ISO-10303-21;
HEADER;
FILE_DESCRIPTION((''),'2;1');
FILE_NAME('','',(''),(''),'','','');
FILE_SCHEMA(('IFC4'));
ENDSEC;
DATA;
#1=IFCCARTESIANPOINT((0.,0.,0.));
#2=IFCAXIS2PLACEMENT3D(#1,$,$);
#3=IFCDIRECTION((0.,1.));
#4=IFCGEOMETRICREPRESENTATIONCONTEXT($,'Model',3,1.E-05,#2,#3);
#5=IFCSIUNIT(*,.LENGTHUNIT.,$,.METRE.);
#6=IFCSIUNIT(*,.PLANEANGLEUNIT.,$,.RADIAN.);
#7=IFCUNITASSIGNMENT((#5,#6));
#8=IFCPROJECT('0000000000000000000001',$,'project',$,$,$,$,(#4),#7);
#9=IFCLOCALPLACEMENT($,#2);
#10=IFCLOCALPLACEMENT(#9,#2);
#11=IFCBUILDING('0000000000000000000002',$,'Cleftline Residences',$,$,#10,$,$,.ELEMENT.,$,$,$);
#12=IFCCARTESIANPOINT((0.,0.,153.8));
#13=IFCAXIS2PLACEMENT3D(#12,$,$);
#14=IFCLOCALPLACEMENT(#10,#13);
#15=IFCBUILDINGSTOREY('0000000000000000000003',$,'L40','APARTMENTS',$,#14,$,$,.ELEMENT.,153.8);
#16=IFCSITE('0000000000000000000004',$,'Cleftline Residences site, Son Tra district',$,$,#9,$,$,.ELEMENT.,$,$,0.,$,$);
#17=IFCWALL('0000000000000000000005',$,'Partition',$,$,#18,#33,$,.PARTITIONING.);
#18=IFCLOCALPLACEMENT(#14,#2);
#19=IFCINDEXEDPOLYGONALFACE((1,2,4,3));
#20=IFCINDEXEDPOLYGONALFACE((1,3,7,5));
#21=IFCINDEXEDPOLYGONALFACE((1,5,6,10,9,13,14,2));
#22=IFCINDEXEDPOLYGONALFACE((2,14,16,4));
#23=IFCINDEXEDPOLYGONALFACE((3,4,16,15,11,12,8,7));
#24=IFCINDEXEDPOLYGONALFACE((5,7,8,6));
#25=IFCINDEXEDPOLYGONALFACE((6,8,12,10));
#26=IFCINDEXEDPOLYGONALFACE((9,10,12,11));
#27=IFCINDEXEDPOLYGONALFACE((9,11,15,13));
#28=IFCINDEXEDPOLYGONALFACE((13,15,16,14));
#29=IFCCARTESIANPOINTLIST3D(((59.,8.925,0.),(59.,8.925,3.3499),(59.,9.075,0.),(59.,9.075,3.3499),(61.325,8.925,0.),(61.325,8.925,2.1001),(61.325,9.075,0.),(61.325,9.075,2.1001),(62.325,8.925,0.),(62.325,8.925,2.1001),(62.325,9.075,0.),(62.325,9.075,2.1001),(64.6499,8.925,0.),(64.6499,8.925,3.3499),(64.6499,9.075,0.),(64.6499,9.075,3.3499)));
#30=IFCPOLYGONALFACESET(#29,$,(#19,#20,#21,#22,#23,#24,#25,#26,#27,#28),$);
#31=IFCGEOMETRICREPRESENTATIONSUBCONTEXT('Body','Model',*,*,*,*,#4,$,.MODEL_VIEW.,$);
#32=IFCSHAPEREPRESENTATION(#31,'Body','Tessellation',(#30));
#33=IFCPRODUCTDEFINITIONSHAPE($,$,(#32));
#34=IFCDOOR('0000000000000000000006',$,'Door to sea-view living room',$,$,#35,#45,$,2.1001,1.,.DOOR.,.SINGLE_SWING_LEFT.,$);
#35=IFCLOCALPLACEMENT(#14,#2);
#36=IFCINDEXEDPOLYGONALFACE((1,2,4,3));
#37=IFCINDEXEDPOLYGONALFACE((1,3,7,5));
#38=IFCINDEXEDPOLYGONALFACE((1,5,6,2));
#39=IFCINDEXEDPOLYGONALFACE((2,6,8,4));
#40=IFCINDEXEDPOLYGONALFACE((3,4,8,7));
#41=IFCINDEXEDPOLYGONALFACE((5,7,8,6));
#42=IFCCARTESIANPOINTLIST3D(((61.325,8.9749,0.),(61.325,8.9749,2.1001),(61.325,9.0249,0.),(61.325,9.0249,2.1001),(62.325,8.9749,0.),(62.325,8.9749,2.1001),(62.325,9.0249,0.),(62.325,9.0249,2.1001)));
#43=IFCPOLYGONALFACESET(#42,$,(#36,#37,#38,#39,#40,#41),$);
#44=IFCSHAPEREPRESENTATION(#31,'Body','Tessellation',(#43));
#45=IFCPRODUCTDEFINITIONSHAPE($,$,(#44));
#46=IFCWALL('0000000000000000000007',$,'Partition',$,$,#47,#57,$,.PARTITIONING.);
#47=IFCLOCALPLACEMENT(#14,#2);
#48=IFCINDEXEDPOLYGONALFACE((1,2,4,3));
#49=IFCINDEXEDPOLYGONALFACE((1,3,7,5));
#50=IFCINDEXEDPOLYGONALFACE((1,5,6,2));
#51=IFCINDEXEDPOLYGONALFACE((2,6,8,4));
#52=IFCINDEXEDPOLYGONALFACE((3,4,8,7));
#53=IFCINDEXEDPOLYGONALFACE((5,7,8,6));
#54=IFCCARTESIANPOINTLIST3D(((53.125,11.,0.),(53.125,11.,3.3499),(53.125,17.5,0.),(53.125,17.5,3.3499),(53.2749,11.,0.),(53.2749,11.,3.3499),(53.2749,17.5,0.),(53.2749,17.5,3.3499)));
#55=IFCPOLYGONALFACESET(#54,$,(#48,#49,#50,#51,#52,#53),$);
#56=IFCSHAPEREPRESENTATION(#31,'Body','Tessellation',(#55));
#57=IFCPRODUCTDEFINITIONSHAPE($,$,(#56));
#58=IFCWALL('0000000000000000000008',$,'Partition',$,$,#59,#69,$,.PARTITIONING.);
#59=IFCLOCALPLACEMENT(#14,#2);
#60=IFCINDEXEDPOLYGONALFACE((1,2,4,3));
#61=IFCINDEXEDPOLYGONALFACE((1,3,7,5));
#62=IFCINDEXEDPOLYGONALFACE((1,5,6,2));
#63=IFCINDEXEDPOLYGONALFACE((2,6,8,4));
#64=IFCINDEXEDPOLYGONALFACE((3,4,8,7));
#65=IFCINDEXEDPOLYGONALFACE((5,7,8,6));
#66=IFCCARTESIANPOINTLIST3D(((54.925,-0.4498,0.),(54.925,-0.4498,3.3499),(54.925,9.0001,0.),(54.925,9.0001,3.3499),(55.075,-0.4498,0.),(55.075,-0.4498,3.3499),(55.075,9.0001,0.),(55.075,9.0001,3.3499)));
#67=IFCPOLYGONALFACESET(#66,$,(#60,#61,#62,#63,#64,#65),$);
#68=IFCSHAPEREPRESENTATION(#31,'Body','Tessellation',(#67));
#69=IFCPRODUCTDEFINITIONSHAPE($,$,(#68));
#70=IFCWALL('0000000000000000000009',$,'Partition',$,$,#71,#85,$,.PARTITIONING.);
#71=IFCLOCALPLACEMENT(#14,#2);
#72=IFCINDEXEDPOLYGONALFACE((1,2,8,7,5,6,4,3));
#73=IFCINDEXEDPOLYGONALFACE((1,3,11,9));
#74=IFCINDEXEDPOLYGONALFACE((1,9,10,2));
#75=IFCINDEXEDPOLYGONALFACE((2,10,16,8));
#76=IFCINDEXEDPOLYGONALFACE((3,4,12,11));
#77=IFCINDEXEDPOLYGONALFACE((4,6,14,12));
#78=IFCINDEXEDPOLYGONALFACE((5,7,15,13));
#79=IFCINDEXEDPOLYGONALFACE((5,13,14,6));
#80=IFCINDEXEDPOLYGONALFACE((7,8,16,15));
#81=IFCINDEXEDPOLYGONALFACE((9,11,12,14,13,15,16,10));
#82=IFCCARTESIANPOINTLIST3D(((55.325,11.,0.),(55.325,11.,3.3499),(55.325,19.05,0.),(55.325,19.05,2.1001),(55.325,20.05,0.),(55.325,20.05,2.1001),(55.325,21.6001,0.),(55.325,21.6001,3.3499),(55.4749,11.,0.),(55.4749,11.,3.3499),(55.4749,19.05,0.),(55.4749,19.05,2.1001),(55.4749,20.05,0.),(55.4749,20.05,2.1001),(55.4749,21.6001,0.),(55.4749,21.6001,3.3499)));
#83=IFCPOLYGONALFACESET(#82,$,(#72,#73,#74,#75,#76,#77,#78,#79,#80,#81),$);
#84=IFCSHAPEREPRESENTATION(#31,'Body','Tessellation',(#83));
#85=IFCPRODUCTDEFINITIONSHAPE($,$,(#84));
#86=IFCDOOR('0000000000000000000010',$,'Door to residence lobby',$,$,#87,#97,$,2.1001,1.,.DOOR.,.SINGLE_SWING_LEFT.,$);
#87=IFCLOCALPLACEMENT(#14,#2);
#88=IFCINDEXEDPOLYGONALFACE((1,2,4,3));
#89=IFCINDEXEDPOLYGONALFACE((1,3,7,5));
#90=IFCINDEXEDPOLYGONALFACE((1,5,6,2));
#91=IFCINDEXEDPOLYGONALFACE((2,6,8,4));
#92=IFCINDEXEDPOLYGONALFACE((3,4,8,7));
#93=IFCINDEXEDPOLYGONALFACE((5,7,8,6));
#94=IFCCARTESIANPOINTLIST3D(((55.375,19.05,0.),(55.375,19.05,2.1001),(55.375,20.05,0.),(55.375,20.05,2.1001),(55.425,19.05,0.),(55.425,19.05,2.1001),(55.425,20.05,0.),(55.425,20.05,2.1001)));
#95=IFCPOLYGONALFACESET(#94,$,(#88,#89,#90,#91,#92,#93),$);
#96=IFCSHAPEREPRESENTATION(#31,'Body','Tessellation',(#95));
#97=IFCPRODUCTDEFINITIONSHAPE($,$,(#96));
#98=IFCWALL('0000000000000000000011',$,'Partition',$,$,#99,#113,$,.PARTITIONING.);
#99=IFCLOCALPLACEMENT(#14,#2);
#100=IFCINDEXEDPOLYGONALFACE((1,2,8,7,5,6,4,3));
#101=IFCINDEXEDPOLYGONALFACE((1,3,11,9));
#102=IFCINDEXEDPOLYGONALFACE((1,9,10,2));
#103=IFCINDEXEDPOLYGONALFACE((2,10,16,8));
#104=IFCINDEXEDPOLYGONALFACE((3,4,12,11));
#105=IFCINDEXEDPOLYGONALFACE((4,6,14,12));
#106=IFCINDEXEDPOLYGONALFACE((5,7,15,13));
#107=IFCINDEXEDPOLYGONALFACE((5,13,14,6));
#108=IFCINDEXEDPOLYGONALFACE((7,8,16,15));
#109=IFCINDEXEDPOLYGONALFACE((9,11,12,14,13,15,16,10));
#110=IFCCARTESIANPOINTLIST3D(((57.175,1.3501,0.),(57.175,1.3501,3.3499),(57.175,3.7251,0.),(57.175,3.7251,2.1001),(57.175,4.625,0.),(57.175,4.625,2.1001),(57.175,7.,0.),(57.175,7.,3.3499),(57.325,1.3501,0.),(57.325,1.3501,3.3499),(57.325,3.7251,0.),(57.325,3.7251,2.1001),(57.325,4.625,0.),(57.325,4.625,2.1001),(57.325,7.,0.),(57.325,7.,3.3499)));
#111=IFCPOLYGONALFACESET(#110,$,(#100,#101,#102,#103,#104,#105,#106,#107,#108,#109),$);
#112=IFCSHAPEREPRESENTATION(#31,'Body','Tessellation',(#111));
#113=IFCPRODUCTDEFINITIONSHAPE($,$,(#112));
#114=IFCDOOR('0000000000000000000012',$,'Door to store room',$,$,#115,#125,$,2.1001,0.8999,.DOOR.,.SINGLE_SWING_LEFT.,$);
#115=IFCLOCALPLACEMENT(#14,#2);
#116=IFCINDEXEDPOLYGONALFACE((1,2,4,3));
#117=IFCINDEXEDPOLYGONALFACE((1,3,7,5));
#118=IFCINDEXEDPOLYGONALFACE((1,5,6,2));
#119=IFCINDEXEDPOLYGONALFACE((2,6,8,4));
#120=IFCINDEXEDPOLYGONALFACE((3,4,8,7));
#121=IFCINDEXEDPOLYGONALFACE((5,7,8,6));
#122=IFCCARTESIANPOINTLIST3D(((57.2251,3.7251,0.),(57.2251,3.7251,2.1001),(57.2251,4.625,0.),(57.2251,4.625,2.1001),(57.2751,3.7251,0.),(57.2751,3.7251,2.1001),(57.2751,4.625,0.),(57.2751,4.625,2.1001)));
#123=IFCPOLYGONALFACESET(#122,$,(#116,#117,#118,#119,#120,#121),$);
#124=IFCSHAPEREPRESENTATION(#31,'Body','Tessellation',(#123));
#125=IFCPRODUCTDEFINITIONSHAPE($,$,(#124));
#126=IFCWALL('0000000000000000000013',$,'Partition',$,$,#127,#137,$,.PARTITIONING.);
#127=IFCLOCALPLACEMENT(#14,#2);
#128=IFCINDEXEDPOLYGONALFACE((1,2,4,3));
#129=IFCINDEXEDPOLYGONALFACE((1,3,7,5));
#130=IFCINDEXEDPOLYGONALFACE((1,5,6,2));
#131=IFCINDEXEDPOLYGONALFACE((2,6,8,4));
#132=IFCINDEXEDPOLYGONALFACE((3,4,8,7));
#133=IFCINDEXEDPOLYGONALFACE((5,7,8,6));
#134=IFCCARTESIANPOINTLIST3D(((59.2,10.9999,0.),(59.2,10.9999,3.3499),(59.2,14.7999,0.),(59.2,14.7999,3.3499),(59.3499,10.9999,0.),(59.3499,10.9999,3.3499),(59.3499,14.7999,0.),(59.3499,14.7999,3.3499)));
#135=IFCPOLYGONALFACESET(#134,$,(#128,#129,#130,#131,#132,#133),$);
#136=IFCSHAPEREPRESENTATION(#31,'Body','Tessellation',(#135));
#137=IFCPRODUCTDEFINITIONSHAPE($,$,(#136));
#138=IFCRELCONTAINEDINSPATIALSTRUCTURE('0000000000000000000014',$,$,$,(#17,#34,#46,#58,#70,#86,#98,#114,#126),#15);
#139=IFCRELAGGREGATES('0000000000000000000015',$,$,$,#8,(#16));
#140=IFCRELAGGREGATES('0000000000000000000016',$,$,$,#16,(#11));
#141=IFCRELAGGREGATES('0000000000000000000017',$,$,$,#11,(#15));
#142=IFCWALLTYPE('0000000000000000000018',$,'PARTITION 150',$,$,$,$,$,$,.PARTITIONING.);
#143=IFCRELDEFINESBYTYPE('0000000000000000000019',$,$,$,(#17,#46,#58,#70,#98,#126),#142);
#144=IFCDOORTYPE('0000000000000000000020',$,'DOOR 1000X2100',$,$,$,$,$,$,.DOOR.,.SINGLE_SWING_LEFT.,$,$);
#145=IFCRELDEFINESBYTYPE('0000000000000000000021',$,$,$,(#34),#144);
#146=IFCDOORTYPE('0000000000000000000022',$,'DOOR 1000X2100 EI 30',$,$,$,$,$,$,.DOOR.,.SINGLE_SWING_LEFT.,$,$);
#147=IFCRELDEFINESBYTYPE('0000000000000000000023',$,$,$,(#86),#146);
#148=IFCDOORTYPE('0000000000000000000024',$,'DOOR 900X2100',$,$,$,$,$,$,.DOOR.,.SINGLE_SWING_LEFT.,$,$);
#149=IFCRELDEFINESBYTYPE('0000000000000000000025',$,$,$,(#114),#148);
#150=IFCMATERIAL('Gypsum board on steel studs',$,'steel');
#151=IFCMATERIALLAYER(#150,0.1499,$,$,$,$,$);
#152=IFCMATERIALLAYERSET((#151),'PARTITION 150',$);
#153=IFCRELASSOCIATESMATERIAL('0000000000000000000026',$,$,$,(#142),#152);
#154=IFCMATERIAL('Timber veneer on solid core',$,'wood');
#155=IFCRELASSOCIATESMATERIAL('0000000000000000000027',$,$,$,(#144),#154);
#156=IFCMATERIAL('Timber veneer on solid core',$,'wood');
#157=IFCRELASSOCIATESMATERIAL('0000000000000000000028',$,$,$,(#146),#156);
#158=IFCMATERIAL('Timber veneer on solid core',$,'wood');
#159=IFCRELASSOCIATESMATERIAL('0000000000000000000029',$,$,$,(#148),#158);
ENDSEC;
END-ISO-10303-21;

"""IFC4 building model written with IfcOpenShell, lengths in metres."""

from ifc_helpers import new_model, si_unit, direction, frame, frame_2d, origin, place, context, subcontext, project, spatial, rectangle, extrude, material, layer, layer_set, type_object, element, fill, save


model = new_model("IFC4")

# Units and contexts
model_context = context("Model", 3, precision=1e-05, world=origin(), true_north=direction((0.0, 1.0)))
body_context = subcontext(model_context, "Body", "Model", "MODEL_VIEW")
ifc_project = project(units=[si_unit("LENGTHUNIT", "METRE"), si_unit("PLANEANGLEUNIT", "RADIAN")], contexts=[model_context])

# Site, building, storey
site_placement = place(None, origin())
site = spatial("IfcSite", under=ifc_project, at=site_placement, Name="Cleftline Residences site, Son Tra district", CompositionType="ELEMENT", RefElevation=0.0)
building_placement = place(site_placement, origin())
building = spatial("IfcBuilding", under=site, at=building_placement, Name="Cleftline Residences", CompositionType="ELEMENT")
storey_placement = place(building_placement, frame((0.0, 0.0, 153.8)))
storey = spatial("IfcBuildingStorey", under=building, at=storey_placement, Name="L40", Description="APARTMENTS", CompositionType="ELEMENT", Elevation=153.8)

# Wall, opening, door
ifc_material_1 = material(Name="Gypsum board on steel studs", Category="steel")
ifc_layer_1 = layer(ifc_material_1, 0.1499)
ifc_layer_set_1 = layer_set([ifc_layer_1], Name="PARTITION 150")
wall_type_1 = type_object("IfcWallType", Name="PARTITION 150", PredefinedType="PARTITIONING", material=ifc_layer_set_1)
ifc_material_2 = material(Name="Timber veneer on solid core", Category="wood")
door_type_1 = type_object("IfcDoorType", Name="DOOR 1000X2100", OperationType="SINGLE_SWING_LEFT", PredefinedType="DOOR", material=ifc_material_2)
wall_1_placement = place(storey_placement, frame((59.0, 9.0, 0.0), z_axis=(0.0, 0.0, 1.0), x_axis=(1.0, 0.0, 0.0)))
wall_1 = element("IfcWall", 1, at=wall_1_placement, inside=storey, type_object=wall_type_1, Name="Partition", PredefinedType="PARTITIONING", context=body_context, shape_type="SweptSolid", body=[
    extrude(rectangle(XDim=5.6499, YDim=0.1499, at=frame_2d((2.825, 0.0))), origin(), (0.0, 0.0, 1.0), 3.3499),
])
opening_1_placement = place(wall_1_placement, frame((2.325, 0.0, 0.0)))
opening_1 = element("IfcOpeningElement", 2, at=opening_1_placement, cuts=wall_1, PredefinedType="OPENING", context=body_context, shape_type="SweptSolid", body=[
    extrude(rectangle(XDim=1.0, YDim=2.1001, at=frame_2d((0.5, 1.05))), frame((0.0, 0.085, 0.0), z_axis=(0.0, -1.0, 0.0), x_axis=(1.0, 0.0, 0.0)), (0.0, 0.0, 1.0), 0.1699),
])
door_1_placement = place(opening_1_placement, origin())
door_1 = element("IfcDoor", 3, at=door_1_placement, inside=storey, type_object=door_type_1, Name="Door to sea-view living room", OperationType="SINGLE_SWING_LEFT", OverallHeight=2.1001, OverallWidth=1.0, PredefinedType="DOOR", context=body_context, shape_type="SweptSolid", body=[
    extrude(rectangle(XDim=1.0, YDim=2.1001, at=frame_2d((0.5, 1.05))), frame((0.0, 0.0249, 0.0), z_axis=(0.0, -1.0, 0.0), x_axis=(1.0, 0.0, 0.0)), (0.0, 0.0, 1.0), 0.05),
])
fill(opening_1, door_1)

# Walls
wall_2_placement = place(storey_placement, frame((53.2, 11.0, 0.0), z_axis=(0.0, 0.0, 1.0), x_axis=(0.0, 1.0, 0.0)))
element("IfcWall", 4, at=wall_2_placement, inside=storey, type_object=wall_type_1, Name="Partition", PredefinedType="PARTITIONING", context=body_context, shape_type="SweptSolid", body=[
    extrude(rectangle(XDim=6.5, YDim=0.1499, at=frame_2d((3.25, 0.0))), origin(), (0.0, 0.0, 1.0), 3.3499),
])
wall_3_placement = place(storey_placement, frame((55.0, -0.45, 0.0), z_axis=(0.0, 0.0, 1.0), x_axis=(0.0, 1.0, 0.0)))
element("IfcWall", 5, at=wall_3_placement, inside=storey, type_object=wall_type_1, Name="Partition", PredefinedType="PARTITIONING", context=body_context, shape_type="SweptSolid", body=[
    extrude(rectangle(XDim=9.45, YDim=0.1499, at=frame_2d((4.7251, 0.0))), origin(), (0.0, 0.0, 1.0), 3.3499),
])

# Walls, openings, doors
wall_4_placement = place(storey_placement, frame((55.3999, 11.0, 0.0), z_axis=(0.0, 0.0, 1.0), x_axis=(0.0, 1.0, 0.0)))
wall_4 = element("IfcWall", 6, at=wall_4_placement, inside=storey, type_object=wall_type_1, Name="Partition", PredefinedType="PARTITIONING", context=body_context, shape_type="SweptSolid", body=[
    extrude(rectangle(XDim=10.6001, YDim=0.1499, at=frame_2d((5.3, 0.0))), origin(), (0.0, 0.0, 1.0), 3.3499),
])
opening_2_placement = place(wall_4_placement, frame((8.05, 0.0, 0.0)))
opening_2 = element("IfcOpeningElement", 7, at=opening_2_placement, cuts=wall_4, PredefinedType="OPENING", context=body_context, shape_type="SweptSolid", body=[
    extrude(rectangle(XDim=1.0, YDim=2.1001, at=frame_2d((0.5, 1.05))), frame((0.0, 0.085, 0.0), z_axis=(0.0, -1.0, 0.0), x_axis=(1.0, 0.0, 0.0)), (0.0, 0.0, 1.0), 0.1699),
])
ifc_material_3 = material(Name="Timber veneer on solid core", Category="wood")
door_type_2 = type_object("IfcDoorType", Name="DOOR 1000X2100 EI 30", OperationType="SINGLE_SWING_LEFT", PredefinedType="DOOR", material=ifc_material_3)
door_2_placement = place(opening_2_placement, origin())
door_2 = element("IfcDoor", 8, at=door_2_placement, inside=storey, type_object=door_type_2, Name="Door to residence lobby", OperationType="SINGLE_SWING_LEFT", OverallHeight=2.1001, OverallWidth=1.0, PredefinedType="DOOR", context=body_context, shape_type="SweptSolid", body=[
    extrude(rectangle(XDim=1.0, YDim=2.1001, at=frame_2d((0.5, 1.05))), frame((0.0, 0.0249, 0.0), z_axis=(0.0, -1.0, 0.0), x_axis=(1.0, 0.0, 0.0)), (0.0, 0.0, 1.0), 0.05),
])
fill(opening_2, door_2)
wall_5_placement = place(storey_placement, frame((57.25, 1.3501, 0.0), z_axis=(0.0, 0.0, 1.0), x_axis=(0.0, 1.0, 0.0)))
wall_5 = element("IfcWall", 9, at=wall_5_placement, inside=storey, type_object=wall_type_1, Name="Partition", PredefinedType="PARTITIONING", context=body_context, shape_type="SweptSolid", body=[
    extrude(rectangle(XDim=5.6499, YDim=0.1499, at=frame_2d((2.825, 0.0))), origin(), (0.0, 0.0, 1.0), 3.3499),
])
opening_3_placement = place(wall_5_placement, frame((2.375, 0.0, 0.0)))
opening_3 = element("IfcOpeningElement", 10, at=opening_3_placement, cuts=wall_5, PredefinedType="OPENING", context=body_context, shape_type="SweptSolid", body=[
    extrude(rectangle(XDim=0.8999, YDim=2.1001, at=frame_2d((0.45, 1.05))), frame((0.0, 0.085, 0.0), z_axis=(0.0, -1.0, 0.0), x_axis=(1.0, 0.0, 0.0)), (0.0, 0.0, 1.0), 0.1699),
])
ifc_material_4 = material(Name="Timber veneer on solid core", Category="wood")
door_type_3 = type_object("IfcDoorType", Name="DOOR 900X2100", OperationType="SINGLE_SWING_LEFT", PredefinedType="DOOR", material=ifc_material_4)
door_3_placement = place(opening_3_placement, origin())
door_3 = element("IfcDoor", 11, at=door_3_placement, inside=storey, type_object=door_type_3, Name="Door to store room", OperationType="SINGLE_SWING_LEFT", OverallHeight=2.1001, OverallWidth=0.8999, PredefinedType="DOOR", context=body_context, shape_type="SweptSolid", body=[
    extrude(rectangle(XDim=0.8999, YDim=2.1001, at=frame_2d((0.45, 1.05))), frame((0.0, 0.0249, 0.0), z_axis=(0.0, -1.0, 0.0), x_axis=(1.0, 0.0, 0.0)), (0.0, 0.0, 1.0), 0.05),
])
fill(opening_3, door_3)

# Wall
wall_6_placement = place(storey_placement, frame((59.2749, 11.0, 0.0), z_axis=(0.0, 0.0, 1.0), x_axis=(0.0, 1.0, 0.0)))
element("IfcWall", 12, at=wall_6_placement, inside=storey, type_object=wall_type_1, Name="Partition", PredefinedType="PARTITIONING", context=body_context, shape_type="SweptSolid", body=[
    extrude(rectangle(XDim=3.8, YDim=0.1499, at=frame_2d((1.8999, 0.0))), origin(), (0.0, 0.0, 1.0), 3.3499),
])

save(model, "model.ifc")
